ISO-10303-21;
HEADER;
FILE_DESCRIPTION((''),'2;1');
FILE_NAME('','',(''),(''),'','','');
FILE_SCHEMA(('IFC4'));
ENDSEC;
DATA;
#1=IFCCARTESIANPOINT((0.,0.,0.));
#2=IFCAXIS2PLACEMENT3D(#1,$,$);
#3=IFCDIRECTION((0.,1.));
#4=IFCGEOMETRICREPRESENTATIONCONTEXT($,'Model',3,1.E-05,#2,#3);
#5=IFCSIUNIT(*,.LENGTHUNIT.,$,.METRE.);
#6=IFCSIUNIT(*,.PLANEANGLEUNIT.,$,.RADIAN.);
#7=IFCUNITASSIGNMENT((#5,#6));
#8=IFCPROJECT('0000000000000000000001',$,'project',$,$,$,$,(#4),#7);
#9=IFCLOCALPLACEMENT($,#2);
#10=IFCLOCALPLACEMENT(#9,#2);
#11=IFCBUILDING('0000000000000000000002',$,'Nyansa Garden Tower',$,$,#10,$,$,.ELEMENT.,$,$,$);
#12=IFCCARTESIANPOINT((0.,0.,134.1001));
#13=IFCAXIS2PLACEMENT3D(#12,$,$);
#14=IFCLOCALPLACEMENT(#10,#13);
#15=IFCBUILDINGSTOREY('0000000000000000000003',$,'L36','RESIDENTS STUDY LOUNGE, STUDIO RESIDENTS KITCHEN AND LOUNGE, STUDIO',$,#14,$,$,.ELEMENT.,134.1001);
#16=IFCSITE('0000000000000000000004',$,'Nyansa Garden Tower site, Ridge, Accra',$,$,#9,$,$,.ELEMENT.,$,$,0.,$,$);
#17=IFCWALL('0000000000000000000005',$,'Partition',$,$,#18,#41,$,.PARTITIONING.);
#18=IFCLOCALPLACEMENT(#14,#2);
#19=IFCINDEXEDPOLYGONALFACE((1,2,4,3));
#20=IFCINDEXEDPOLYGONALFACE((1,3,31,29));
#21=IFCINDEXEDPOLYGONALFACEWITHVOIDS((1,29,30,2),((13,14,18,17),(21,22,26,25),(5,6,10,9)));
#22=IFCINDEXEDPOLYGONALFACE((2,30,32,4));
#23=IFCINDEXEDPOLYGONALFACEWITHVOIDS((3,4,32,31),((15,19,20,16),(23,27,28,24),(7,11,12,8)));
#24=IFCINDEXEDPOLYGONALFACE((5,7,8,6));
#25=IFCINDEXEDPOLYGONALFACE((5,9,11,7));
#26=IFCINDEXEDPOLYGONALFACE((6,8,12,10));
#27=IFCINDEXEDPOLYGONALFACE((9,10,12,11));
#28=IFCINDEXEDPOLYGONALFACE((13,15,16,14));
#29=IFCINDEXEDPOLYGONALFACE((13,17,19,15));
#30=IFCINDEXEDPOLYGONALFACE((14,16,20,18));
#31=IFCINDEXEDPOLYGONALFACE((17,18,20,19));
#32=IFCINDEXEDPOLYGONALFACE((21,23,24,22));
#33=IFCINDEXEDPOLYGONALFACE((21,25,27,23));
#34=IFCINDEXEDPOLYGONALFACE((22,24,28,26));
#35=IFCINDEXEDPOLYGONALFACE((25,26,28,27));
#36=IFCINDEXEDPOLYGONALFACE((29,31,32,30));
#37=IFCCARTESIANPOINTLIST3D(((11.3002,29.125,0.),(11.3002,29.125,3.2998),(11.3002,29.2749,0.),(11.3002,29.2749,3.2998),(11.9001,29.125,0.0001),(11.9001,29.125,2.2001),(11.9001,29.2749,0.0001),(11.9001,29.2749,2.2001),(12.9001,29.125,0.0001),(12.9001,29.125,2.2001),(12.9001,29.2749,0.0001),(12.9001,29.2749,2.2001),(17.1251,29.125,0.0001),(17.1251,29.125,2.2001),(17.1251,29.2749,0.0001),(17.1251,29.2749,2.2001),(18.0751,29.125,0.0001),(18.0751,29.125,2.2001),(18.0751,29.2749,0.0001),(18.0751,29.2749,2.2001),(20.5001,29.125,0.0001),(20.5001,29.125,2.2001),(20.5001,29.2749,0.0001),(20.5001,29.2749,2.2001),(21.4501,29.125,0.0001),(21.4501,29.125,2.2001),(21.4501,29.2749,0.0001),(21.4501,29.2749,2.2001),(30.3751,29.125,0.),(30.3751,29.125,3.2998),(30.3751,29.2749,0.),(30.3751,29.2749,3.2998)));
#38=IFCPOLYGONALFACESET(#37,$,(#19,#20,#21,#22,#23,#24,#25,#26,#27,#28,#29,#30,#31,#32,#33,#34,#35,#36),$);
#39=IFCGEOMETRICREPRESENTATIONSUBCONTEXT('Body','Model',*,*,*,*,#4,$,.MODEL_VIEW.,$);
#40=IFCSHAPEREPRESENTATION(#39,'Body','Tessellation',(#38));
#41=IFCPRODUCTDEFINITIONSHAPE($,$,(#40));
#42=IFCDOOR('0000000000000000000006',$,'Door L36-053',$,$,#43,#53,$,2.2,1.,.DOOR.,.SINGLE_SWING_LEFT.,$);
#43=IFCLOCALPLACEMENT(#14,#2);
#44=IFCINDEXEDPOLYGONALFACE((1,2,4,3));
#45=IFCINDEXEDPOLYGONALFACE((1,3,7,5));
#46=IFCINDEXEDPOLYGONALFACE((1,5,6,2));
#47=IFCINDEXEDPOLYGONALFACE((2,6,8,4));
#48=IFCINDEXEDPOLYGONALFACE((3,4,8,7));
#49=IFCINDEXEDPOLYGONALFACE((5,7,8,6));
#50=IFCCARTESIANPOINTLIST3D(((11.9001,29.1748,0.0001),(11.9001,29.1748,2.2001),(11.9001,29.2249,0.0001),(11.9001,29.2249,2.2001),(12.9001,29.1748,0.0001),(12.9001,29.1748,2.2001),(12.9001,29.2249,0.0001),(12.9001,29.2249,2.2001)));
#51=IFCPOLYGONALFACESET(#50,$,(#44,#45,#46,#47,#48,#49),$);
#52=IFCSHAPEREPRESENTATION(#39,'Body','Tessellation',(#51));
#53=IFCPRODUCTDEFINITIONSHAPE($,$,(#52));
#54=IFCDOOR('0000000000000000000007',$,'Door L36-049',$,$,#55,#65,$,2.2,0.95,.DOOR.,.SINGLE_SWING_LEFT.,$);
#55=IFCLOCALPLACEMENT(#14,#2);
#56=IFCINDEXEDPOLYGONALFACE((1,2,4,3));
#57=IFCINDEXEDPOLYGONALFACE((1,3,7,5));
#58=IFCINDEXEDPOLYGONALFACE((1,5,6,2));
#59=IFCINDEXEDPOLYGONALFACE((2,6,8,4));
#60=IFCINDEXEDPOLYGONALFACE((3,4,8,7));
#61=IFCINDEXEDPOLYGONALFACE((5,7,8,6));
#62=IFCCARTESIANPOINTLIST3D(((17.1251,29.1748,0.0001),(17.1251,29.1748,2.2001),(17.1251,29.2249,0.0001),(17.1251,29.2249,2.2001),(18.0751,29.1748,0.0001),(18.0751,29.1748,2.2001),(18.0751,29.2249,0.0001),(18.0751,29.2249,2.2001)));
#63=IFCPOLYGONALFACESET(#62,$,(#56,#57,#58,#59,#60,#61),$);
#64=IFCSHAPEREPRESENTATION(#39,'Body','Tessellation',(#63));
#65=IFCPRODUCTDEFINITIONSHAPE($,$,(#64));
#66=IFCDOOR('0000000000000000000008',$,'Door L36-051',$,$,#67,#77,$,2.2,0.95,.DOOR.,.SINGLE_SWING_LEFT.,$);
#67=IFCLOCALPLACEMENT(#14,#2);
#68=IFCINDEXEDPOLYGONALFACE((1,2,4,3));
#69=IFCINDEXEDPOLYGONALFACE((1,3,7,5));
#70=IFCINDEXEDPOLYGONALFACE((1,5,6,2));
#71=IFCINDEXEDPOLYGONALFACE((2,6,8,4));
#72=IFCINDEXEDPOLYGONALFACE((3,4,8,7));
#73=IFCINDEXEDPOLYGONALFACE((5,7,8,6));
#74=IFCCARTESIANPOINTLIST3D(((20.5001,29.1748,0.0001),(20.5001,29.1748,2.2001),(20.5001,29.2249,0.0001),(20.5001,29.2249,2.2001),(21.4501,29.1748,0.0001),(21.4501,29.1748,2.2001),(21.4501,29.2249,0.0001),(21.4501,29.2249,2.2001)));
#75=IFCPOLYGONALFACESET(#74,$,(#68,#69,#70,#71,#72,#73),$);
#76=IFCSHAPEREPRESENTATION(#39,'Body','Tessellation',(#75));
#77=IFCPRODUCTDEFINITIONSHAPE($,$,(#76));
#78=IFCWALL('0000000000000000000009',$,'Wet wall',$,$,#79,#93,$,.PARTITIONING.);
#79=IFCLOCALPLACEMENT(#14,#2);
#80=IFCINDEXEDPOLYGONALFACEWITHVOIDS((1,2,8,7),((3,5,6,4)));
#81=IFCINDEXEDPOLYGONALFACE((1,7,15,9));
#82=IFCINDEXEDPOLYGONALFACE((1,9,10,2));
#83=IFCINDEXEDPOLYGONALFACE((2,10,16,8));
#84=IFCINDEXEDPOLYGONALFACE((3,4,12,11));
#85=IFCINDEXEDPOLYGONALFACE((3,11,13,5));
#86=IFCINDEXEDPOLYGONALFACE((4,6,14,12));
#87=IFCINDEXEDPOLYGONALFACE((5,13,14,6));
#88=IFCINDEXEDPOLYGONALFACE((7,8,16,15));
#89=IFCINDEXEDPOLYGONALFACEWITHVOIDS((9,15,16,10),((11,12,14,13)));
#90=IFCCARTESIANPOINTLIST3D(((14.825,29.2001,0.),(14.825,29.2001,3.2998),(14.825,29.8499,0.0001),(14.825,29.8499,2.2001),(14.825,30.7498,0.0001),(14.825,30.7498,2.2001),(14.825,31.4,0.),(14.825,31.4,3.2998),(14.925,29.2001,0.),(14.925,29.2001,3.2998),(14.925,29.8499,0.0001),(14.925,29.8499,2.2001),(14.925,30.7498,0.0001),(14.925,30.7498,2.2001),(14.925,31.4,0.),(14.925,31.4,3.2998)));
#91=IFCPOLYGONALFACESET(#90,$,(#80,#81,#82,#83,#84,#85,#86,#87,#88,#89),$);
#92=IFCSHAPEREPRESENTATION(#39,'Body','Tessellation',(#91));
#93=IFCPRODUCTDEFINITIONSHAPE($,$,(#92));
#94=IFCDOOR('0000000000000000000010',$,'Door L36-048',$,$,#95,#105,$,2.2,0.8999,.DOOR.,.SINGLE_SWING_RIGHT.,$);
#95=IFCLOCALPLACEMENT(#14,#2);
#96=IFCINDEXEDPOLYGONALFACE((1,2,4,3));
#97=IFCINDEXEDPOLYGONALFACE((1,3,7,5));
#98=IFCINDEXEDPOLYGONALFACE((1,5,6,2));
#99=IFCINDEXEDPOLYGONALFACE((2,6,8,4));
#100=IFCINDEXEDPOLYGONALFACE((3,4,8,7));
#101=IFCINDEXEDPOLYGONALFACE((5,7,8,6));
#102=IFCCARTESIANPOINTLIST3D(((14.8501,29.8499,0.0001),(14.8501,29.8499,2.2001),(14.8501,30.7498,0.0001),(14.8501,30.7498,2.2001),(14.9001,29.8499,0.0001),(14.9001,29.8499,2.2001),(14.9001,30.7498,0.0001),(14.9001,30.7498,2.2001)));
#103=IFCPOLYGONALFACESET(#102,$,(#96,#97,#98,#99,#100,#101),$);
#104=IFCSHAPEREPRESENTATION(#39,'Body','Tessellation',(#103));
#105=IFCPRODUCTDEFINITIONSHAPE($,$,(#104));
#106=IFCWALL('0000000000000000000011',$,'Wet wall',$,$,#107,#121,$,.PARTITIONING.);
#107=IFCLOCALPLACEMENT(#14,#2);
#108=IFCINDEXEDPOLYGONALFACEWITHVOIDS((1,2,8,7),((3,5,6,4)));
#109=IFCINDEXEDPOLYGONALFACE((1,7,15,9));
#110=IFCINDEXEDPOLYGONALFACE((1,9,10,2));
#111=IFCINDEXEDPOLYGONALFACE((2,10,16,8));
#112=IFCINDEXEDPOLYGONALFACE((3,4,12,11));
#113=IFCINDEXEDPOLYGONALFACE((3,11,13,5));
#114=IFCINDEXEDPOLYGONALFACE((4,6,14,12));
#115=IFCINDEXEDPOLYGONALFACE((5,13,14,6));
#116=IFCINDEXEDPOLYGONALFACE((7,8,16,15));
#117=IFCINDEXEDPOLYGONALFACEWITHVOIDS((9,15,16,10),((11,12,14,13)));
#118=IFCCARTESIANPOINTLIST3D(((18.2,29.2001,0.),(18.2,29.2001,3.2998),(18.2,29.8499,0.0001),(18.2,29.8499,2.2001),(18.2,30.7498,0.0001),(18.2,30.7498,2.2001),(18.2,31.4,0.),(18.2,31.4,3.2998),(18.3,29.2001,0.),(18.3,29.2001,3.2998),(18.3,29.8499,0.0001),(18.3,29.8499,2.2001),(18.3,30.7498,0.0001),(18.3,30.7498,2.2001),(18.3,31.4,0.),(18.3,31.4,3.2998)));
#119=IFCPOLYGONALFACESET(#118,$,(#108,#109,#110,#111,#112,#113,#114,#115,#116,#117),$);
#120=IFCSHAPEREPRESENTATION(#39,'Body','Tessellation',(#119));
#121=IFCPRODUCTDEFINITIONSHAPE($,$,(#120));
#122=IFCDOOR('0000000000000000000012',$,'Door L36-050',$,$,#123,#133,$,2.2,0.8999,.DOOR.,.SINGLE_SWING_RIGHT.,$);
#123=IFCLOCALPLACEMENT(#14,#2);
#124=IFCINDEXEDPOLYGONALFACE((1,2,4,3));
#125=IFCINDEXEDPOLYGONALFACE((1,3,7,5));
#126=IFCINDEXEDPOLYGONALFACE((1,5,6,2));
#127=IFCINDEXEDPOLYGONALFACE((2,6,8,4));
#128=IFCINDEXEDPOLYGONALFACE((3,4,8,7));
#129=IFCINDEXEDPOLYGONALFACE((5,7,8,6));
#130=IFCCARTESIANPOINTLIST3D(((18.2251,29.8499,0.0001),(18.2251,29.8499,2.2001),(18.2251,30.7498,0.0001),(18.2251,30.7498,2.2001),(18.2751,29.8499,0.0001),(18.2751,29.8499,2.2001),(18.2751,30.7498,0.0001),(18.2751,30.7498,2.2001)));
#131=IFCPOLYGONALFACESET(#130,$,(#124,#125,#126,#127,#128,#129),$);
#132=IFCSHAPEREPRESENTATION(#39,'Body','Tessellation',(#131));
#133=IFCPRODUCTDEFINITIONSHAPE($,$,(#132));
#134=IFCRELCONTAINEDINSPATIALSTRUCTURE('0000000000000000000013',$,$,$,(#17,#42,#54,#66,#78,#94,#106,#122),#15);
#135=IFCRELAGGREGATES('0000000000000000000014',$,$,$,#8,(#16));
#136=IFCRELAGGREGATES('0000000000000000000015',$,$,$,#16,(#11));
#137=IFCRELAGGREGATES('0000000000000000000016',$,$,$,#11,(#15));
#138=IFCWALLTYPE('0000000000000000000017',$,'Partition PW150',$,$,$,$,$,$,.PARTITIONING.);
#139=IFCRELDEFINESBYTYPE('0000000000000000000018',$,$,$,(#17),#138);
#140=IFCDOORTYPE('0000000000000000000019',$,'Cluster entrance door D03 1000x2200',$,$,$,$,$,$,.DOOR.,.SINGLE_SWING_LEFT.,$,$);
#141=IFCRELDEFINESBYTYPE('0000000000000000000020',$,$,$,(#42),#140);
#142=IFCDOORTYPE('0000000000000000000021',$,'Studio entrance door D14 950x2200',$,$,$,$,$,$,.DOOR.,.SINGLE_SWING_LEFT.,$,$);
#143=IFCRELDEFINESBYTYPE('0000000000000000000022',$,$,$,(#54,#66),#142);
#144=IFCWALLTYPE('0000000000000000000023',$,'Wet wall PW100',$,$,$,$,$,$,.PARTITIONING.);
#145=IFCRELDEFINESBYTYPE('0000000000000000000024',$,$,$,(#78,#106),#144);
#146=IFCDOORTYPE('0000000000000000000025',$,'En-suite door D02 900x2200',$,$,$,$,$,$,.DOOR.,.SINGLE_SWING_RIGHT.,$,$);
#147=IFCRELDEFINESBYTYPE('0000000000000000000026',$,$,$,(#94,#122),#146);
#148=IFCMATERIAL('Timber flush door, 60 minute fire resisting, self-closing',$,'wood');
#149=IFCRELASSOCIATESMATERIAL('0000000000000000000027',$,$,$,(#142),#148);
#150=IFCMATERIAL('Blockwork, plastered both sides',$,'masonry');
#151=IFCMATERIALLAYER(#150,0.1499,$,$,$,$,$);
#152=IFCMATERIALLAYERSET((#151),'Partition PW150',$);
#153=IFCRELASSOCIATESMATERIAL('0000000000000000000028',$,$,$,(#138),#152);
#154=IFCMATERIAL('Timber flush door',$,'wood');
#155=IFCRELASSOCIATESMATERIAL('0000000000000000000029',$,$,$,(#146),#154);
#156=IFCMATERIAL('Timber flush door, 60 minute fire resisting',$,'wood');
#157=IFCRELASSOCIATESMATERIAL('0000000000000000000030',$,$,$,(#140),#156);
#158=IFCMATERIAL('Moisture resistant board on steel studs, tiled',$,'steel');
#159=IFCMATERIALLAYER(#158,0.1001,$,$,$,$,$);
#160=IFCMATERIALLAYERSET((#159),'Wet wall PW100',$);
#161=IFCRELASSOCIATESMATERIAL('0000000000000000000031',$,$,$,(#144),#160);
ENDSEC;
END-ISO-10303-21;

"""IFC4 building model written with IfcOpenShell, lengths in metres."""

from ifc_helpers import new_model, si_unit, direction, frame, frame_2d, origin, place, context, subcontext, project, spatial, rectangle, extrude, material, layer, layer_set, type_object, element, fill, save


model = new_model("IFC4")

# Units and contexts
model_context = context("Model", 3, precision=1e-05, world=origin(), true_north=direction((0.0, 1.0)))
body_context = subcontext(model_context, "Body", "Model", "MODEL_VIEW")
ifc_project = project(units=[si_unit("LENGTHUNIT", "METRE"), si_unit("PLANEANGLEUNIT", "RADIAN")], contexts=[model_context])

# Site, building, storey
site_placement = place(None, origin())
site = spatial("IfcSite", under=ifc_project, at=site_placement, Name="Nyansa Garden Tower site, Ridge, Accra", CompositionType="ELEMENT", RefElevation=0.0)
building_placement = place(site_placement, origin())
building = spatial("IfcBuilding", under=site, at=building_placement, Name="Nyansa Garden Tower", CompositionType="ELEMENT")
storey_placement = place(building_placement, frame((0.0, 0.0, 134.1001)))
storey = spatial("IfcBuildingStorey", under=building, at=storey_placement, Name="L36", Description="RESIDENTS STUDY LOUNGE, STUDIO RESIDENTS KITCHEN AND LOUNGE, STUDIO", CompositionType="ELEMENT", Elevation=134.1001)

# Shared definitions
ifc_material_1 = material(Name="Timber flush door, 60 minute fire resisting, self-closing", Category="wood")
door_type_1 = type_object("IfcDoorType", Name="Studio entrance door D14 950x2200", OperationType="SINGLE_SWING_LEFT", PredefinedType="DOOR", material=ifc_material_1)

# Shared definitions
ifc_material_2 = material(Name="Blockwork, plastered both sides", Category="masonry")
ifc_layer_1 = layer(ifc_material_2, 0.1499)
ifc_layer_set_1 = layer_set([ifc_layer_1], Name="Partition PW150")
wall_type_1 = type_object("IfcWallType", Name="Partition PW150", PredefinedType="PARTITIONING", material=ifc_layer_set_1)
ifc_material_3 = material(Name="Timber flush door", Category="wood")
door_type_2 = type_object("IfcDoorType", Name="En-suite door D02 900x2200", OperationType="SINGLE_SWING_RIGHT", PredefinedType="DOOR", material=ifc_material_3)

# Wall, openings, doors
wall_1_placement = place(storey_placement, frame((11.3, 29.2, 0.0), z_axis=(0.0, 0.0, 1.0), x_axis=(1.0, 0.0, 0.0)))
wall_1 = element("IfcWall", 1, at=wall_1_placement, inside=storey, type_object=wall_type_1, Name="Partition", PredefinedType="PARTITIONING", context=body_context, shape_type="SweptSolid", body=[
    extrude(rectangle(XDim=19.075, YDim=0.1499, at=frame_2d((9.5376, 0.0))), origin(), (0.0, 0.0, 1.0), 3.2998),
])
opening_1_placement = place(wall_1_placement, frame((5.825, 0.0, 0.0)))
opening_1 = element("IfcOpeningElement", 2, at=opening_1_placement, cuts=wall_1, PredefinedType="OPENING", context=body_context, shape_type="SweptSolid", body=[
    extrude(rectangle(XDim=0.95, YDim=2.2, at=frame_2d((0.4751, 1.1001))), frame((0.0, 0.085, 0.0), z_axis=(0.0, -1.0, 0.0), x_axis=(1.0, 0.0, 0.0)), (0.0, 0.0, 1.0), 0.1699),
])
opening_2_placement = place(wall_1_placement, frame((9.2, 0.0, 0.0)))
opening_2 = element("IfcOpeningElement", 3, at=opening_2_placement, cuts=wall_1, PredefinedType="OPENING", context=body_context, shape_type="SweptSolid", body=[
    extrude(rectangle(XDim=0.95, YDim=2.2, at=frame_2d((0.4751, 1.1001))), frame((0.0, 0.085, 0.0), z_axis=(0.0, -1.0, 0.0), x_axis=(1.0, 0.0, 0.0)), (0.0, 0.0, 1.0), 0.1699),
])
opening_3_placement = place(wall_1_placement, frame((0.6001, 0.0, 0.0)))
opening_3 = element("IfcOpeningElement", 4, at=opening_3_placement, cuts=wall_1, PredefinedType="OPENING", context=body_context, shape_type="SweptSolid", body=[
    extrude(rectangle(XDim=1.0, YDim=2.2, at=frame_2d((0.5, 1.1001))), frame((0.0, 0.085, 0.0), z_axis=(0.0, -1.0, 0.0), x_axis=(1.0, 0.0, 0.0)), (0.0, 0.0, 1.0), 0.1699),
])
ifc_material_4 = material(Name="Timber flush door, 60 minute fire resisting", Category="wood")
door_type_3 = type_object("IfcDoorType", Name="Cluster entrance door D03 1000x2200", OperationType="SINGLE_SWING_LEFT", PredefinedType="DOOR", material=ifc_material_4)
door_1_placement = place(opening_3_placement, origin())
door_1 = element("IfcDoor", 5, at=door_1_placement, inside=storey, type_object=door_type_3, Name="Door L36-053", OperationType="SINGLE_SWING_LEFT", OverallHeight=2.2, OverallWidth=1.0, PredefinedType="DOOR", context=body_context, shape_type="SweptSolid", body=[
    extrude(rectangle(XDim=1.0, YDim=2.2, at=frame_2d((0.5, 1.1001))), frame((0.0, 0.0249, 0.0), z_axis=(0.0, -1.0, 0.0), x_axis=(1.0, 0.0, 0.0)), (0.0, 0.0, 1.0), 0.05),
])
fill(opening_3, door_1)
door_2_placement = place(opening_1_placement, origin())
door_2 = element("IfcDoor", 6, at=door_2_placement, inside=storey, type_object=door_type_1, Name="Door L36-049", OperationType="SINGLE_SWING_LEFT", OverallHeight=2.2, OverallWidth=0.95, PredefinedType="DOOR", context=body_context, shape_type="SweptSolid", body=[
    extrude(rectangle(XDim=0.95, YDim=2.2, at=frame_2d((0.4751, 1.1001))), frame((0.0, 0.0249, 0.0), z_axis=(0.0, -1.0, 0.0), x_axis=(1.0, 0.0, 0.0)), (0.0, 0.0, 1.0), 0.05),
])
fill(opening_1, door_2)
door_3_placement = place(opening_2_placement, origin())
door_3 = element("IfcDoor", 7, at=door_3_placement, inside=storey, type_object=door_type_1, Name="Door L36-051", OperationType="SINGLE_SWING_LEFT", OverallHeight=2.2, OverallWidth=0.95, PredefinedType="DOOR", context=body_context, shape_type="SweptSolid", body=[
    extrude(rectangle(XDim=0.95, YDim=2.2, at=frame_2d((0.4751, 1.1001))), frame((0.0, 0.0249, 0.0), z_axis=(0.0, -1.0, 0.0), x_axis=(1.0, 0.0, 0.0)), (0.0, 0.0, 1.0), 0.05),
])
fill(opening_2, door_3)

# Walls, openings, doors
ifc_material_5 = material(Name="Moisture resistant board on steel studs, tiled", Category="steel")
ifc_layer_2 = layer(ifc_material_5, 0.1001)
ifc_layer_set_2 = layer_set([ifc_layer_2], Name="Wet wall PW100")
wall_type_2 = type_object("IfcWallType", Name="Wet wall PW100", PredefinedType="PARTITIONING", material=ifc_layer_set_2)
wall_2_placement = place(storey_placement, frame((14.875, 29.2, 0.0), z_axis=(0.0, 0.0, 1.0), x_axis=(0.0, 1.0, 0.0)))
wall_2 = element("IfcWall", 8, at=wall_2_placement, inside=storey, type_object=wall_type_2, Name="Wet wall", PredefinedType="PARTITIONING", context=body_context, shape_type="SweptSolid", body=[
    extrude(rectangle(XDim=2.2, YDim=0.1001, at=frame_2d((1.1001, 0.0))), origin(), (0.0, 0.0, 1.0), 3.2998),
])
opening_4_placement = place(wall_2_placement, frame((0.6499, 0.0, 0.0)))
opening_4 = element("IfcOpeningElement", 9, at=opening_4_placement, cuts=wall_2, PredefinedType="OPENING", context=body_context, shape_type="SweptSolid", body=[
    extrude(rectangle(XDim=0.8999, YDim=2.2, at=frame_2d((0.45, 1.1001))), frame((0.0, 0.0601, 0.0), z_axis=(0.0, -1.0, 0.0), x_axis=(1.0, 0.0, 0.0)), (0.0, 0.0, 1.0), 0.1201),
])
door_4_placement = place(opening_4_placement, origin())
door_4 = element("IfcDoor", 10, at=door_4_placement, inside=storey, type_object=door_type_2, Name="Door L36-048", OperationType="SINGLE_SWING_RIGHT", OverallHeight=2.2, OverallWidth=0.8999, PredefinedType="DOOR", context=body_context, shape_type="SweptSolid", body=[
    extrude(rectangle(XDim=0.8999, YDim=2.2, at=frame_2d((0.45, 1.1001))), frame((0.0, 0.0249, 0.0), z_axis=(0.0, -1.0, 0.0), x_axis=(1.0, 0.0, 0.0)), (0.0, 0.0, 1.0), 0.05),
])
fill(opening_4, door_4)
wall_3_placement = place(storey_placement, frame((18.25, 29.2, 0.0), z_axis=(0.0, 0.0, 1.0), x_axis=(0.0, 1.0, 0.0)))
wall_3 = element("IfcWall", 11, at=wall_3_placement, inside=storey, type_object=wall_type_2, Name="Wet wall", PredefinedType="PARTITIONING", context=body_context, shape_type="SweptSolid", body=[
    extrude(rectangle(XDim=2.2, YDim=0.1001, at=frame_2d((1.1001, 0.0))), origin(), (0.0, 0.0, 1.0), 3.2998),
])
opening_5_placement = place(wall_3_placement, frame((0.6499, 0.0, 0.0)))
opening_5 = element("IfcOpeningElement", 12, at=opening_5_placement, cuts=wall_3, PredefinedType="OPENING", context=body_context, shape_type="SweptSolid", body=[
    extrude(rectangle(XDim=0.8999, YDim=2.2, at=frame_2d((0.45, 1.1001))), frame((0.0, 0.0601, 0.0), z_axis=(0.0, -1.0, 0.0), x_axis=(1.0, 0.0, 0.0)), (0.0, 0.0, 1.0), 0.1201),
])
door_5_placement = place(opening_5_placement, origin())
door_5 = element("IfcDoor", 13, at=door_5_placement, inside=storey, type_object=door_type_2, Name="Door L36-050", OperationType="SINGLE_SWING_RIGHT", OverallHeight=2.2, OverallWidth=0.8999, PredefinedType="DOOR", context=body_context, shape_type="SweptSolid", body=[
    extrude(rectangle(XDim=0.8999, YDim=2.2, at=frame_2d((0.45, 1.1001))), frame((0.0, 0.0249, 0.0), z_axis=(0.0, -1.0, 0.0), x_axis=(1.0, 0.0, 0.0)), (0.0, 0.0, 1.0), 0.05),
])
fill(opening_5, door_5)

save(model, "model.ifc")
